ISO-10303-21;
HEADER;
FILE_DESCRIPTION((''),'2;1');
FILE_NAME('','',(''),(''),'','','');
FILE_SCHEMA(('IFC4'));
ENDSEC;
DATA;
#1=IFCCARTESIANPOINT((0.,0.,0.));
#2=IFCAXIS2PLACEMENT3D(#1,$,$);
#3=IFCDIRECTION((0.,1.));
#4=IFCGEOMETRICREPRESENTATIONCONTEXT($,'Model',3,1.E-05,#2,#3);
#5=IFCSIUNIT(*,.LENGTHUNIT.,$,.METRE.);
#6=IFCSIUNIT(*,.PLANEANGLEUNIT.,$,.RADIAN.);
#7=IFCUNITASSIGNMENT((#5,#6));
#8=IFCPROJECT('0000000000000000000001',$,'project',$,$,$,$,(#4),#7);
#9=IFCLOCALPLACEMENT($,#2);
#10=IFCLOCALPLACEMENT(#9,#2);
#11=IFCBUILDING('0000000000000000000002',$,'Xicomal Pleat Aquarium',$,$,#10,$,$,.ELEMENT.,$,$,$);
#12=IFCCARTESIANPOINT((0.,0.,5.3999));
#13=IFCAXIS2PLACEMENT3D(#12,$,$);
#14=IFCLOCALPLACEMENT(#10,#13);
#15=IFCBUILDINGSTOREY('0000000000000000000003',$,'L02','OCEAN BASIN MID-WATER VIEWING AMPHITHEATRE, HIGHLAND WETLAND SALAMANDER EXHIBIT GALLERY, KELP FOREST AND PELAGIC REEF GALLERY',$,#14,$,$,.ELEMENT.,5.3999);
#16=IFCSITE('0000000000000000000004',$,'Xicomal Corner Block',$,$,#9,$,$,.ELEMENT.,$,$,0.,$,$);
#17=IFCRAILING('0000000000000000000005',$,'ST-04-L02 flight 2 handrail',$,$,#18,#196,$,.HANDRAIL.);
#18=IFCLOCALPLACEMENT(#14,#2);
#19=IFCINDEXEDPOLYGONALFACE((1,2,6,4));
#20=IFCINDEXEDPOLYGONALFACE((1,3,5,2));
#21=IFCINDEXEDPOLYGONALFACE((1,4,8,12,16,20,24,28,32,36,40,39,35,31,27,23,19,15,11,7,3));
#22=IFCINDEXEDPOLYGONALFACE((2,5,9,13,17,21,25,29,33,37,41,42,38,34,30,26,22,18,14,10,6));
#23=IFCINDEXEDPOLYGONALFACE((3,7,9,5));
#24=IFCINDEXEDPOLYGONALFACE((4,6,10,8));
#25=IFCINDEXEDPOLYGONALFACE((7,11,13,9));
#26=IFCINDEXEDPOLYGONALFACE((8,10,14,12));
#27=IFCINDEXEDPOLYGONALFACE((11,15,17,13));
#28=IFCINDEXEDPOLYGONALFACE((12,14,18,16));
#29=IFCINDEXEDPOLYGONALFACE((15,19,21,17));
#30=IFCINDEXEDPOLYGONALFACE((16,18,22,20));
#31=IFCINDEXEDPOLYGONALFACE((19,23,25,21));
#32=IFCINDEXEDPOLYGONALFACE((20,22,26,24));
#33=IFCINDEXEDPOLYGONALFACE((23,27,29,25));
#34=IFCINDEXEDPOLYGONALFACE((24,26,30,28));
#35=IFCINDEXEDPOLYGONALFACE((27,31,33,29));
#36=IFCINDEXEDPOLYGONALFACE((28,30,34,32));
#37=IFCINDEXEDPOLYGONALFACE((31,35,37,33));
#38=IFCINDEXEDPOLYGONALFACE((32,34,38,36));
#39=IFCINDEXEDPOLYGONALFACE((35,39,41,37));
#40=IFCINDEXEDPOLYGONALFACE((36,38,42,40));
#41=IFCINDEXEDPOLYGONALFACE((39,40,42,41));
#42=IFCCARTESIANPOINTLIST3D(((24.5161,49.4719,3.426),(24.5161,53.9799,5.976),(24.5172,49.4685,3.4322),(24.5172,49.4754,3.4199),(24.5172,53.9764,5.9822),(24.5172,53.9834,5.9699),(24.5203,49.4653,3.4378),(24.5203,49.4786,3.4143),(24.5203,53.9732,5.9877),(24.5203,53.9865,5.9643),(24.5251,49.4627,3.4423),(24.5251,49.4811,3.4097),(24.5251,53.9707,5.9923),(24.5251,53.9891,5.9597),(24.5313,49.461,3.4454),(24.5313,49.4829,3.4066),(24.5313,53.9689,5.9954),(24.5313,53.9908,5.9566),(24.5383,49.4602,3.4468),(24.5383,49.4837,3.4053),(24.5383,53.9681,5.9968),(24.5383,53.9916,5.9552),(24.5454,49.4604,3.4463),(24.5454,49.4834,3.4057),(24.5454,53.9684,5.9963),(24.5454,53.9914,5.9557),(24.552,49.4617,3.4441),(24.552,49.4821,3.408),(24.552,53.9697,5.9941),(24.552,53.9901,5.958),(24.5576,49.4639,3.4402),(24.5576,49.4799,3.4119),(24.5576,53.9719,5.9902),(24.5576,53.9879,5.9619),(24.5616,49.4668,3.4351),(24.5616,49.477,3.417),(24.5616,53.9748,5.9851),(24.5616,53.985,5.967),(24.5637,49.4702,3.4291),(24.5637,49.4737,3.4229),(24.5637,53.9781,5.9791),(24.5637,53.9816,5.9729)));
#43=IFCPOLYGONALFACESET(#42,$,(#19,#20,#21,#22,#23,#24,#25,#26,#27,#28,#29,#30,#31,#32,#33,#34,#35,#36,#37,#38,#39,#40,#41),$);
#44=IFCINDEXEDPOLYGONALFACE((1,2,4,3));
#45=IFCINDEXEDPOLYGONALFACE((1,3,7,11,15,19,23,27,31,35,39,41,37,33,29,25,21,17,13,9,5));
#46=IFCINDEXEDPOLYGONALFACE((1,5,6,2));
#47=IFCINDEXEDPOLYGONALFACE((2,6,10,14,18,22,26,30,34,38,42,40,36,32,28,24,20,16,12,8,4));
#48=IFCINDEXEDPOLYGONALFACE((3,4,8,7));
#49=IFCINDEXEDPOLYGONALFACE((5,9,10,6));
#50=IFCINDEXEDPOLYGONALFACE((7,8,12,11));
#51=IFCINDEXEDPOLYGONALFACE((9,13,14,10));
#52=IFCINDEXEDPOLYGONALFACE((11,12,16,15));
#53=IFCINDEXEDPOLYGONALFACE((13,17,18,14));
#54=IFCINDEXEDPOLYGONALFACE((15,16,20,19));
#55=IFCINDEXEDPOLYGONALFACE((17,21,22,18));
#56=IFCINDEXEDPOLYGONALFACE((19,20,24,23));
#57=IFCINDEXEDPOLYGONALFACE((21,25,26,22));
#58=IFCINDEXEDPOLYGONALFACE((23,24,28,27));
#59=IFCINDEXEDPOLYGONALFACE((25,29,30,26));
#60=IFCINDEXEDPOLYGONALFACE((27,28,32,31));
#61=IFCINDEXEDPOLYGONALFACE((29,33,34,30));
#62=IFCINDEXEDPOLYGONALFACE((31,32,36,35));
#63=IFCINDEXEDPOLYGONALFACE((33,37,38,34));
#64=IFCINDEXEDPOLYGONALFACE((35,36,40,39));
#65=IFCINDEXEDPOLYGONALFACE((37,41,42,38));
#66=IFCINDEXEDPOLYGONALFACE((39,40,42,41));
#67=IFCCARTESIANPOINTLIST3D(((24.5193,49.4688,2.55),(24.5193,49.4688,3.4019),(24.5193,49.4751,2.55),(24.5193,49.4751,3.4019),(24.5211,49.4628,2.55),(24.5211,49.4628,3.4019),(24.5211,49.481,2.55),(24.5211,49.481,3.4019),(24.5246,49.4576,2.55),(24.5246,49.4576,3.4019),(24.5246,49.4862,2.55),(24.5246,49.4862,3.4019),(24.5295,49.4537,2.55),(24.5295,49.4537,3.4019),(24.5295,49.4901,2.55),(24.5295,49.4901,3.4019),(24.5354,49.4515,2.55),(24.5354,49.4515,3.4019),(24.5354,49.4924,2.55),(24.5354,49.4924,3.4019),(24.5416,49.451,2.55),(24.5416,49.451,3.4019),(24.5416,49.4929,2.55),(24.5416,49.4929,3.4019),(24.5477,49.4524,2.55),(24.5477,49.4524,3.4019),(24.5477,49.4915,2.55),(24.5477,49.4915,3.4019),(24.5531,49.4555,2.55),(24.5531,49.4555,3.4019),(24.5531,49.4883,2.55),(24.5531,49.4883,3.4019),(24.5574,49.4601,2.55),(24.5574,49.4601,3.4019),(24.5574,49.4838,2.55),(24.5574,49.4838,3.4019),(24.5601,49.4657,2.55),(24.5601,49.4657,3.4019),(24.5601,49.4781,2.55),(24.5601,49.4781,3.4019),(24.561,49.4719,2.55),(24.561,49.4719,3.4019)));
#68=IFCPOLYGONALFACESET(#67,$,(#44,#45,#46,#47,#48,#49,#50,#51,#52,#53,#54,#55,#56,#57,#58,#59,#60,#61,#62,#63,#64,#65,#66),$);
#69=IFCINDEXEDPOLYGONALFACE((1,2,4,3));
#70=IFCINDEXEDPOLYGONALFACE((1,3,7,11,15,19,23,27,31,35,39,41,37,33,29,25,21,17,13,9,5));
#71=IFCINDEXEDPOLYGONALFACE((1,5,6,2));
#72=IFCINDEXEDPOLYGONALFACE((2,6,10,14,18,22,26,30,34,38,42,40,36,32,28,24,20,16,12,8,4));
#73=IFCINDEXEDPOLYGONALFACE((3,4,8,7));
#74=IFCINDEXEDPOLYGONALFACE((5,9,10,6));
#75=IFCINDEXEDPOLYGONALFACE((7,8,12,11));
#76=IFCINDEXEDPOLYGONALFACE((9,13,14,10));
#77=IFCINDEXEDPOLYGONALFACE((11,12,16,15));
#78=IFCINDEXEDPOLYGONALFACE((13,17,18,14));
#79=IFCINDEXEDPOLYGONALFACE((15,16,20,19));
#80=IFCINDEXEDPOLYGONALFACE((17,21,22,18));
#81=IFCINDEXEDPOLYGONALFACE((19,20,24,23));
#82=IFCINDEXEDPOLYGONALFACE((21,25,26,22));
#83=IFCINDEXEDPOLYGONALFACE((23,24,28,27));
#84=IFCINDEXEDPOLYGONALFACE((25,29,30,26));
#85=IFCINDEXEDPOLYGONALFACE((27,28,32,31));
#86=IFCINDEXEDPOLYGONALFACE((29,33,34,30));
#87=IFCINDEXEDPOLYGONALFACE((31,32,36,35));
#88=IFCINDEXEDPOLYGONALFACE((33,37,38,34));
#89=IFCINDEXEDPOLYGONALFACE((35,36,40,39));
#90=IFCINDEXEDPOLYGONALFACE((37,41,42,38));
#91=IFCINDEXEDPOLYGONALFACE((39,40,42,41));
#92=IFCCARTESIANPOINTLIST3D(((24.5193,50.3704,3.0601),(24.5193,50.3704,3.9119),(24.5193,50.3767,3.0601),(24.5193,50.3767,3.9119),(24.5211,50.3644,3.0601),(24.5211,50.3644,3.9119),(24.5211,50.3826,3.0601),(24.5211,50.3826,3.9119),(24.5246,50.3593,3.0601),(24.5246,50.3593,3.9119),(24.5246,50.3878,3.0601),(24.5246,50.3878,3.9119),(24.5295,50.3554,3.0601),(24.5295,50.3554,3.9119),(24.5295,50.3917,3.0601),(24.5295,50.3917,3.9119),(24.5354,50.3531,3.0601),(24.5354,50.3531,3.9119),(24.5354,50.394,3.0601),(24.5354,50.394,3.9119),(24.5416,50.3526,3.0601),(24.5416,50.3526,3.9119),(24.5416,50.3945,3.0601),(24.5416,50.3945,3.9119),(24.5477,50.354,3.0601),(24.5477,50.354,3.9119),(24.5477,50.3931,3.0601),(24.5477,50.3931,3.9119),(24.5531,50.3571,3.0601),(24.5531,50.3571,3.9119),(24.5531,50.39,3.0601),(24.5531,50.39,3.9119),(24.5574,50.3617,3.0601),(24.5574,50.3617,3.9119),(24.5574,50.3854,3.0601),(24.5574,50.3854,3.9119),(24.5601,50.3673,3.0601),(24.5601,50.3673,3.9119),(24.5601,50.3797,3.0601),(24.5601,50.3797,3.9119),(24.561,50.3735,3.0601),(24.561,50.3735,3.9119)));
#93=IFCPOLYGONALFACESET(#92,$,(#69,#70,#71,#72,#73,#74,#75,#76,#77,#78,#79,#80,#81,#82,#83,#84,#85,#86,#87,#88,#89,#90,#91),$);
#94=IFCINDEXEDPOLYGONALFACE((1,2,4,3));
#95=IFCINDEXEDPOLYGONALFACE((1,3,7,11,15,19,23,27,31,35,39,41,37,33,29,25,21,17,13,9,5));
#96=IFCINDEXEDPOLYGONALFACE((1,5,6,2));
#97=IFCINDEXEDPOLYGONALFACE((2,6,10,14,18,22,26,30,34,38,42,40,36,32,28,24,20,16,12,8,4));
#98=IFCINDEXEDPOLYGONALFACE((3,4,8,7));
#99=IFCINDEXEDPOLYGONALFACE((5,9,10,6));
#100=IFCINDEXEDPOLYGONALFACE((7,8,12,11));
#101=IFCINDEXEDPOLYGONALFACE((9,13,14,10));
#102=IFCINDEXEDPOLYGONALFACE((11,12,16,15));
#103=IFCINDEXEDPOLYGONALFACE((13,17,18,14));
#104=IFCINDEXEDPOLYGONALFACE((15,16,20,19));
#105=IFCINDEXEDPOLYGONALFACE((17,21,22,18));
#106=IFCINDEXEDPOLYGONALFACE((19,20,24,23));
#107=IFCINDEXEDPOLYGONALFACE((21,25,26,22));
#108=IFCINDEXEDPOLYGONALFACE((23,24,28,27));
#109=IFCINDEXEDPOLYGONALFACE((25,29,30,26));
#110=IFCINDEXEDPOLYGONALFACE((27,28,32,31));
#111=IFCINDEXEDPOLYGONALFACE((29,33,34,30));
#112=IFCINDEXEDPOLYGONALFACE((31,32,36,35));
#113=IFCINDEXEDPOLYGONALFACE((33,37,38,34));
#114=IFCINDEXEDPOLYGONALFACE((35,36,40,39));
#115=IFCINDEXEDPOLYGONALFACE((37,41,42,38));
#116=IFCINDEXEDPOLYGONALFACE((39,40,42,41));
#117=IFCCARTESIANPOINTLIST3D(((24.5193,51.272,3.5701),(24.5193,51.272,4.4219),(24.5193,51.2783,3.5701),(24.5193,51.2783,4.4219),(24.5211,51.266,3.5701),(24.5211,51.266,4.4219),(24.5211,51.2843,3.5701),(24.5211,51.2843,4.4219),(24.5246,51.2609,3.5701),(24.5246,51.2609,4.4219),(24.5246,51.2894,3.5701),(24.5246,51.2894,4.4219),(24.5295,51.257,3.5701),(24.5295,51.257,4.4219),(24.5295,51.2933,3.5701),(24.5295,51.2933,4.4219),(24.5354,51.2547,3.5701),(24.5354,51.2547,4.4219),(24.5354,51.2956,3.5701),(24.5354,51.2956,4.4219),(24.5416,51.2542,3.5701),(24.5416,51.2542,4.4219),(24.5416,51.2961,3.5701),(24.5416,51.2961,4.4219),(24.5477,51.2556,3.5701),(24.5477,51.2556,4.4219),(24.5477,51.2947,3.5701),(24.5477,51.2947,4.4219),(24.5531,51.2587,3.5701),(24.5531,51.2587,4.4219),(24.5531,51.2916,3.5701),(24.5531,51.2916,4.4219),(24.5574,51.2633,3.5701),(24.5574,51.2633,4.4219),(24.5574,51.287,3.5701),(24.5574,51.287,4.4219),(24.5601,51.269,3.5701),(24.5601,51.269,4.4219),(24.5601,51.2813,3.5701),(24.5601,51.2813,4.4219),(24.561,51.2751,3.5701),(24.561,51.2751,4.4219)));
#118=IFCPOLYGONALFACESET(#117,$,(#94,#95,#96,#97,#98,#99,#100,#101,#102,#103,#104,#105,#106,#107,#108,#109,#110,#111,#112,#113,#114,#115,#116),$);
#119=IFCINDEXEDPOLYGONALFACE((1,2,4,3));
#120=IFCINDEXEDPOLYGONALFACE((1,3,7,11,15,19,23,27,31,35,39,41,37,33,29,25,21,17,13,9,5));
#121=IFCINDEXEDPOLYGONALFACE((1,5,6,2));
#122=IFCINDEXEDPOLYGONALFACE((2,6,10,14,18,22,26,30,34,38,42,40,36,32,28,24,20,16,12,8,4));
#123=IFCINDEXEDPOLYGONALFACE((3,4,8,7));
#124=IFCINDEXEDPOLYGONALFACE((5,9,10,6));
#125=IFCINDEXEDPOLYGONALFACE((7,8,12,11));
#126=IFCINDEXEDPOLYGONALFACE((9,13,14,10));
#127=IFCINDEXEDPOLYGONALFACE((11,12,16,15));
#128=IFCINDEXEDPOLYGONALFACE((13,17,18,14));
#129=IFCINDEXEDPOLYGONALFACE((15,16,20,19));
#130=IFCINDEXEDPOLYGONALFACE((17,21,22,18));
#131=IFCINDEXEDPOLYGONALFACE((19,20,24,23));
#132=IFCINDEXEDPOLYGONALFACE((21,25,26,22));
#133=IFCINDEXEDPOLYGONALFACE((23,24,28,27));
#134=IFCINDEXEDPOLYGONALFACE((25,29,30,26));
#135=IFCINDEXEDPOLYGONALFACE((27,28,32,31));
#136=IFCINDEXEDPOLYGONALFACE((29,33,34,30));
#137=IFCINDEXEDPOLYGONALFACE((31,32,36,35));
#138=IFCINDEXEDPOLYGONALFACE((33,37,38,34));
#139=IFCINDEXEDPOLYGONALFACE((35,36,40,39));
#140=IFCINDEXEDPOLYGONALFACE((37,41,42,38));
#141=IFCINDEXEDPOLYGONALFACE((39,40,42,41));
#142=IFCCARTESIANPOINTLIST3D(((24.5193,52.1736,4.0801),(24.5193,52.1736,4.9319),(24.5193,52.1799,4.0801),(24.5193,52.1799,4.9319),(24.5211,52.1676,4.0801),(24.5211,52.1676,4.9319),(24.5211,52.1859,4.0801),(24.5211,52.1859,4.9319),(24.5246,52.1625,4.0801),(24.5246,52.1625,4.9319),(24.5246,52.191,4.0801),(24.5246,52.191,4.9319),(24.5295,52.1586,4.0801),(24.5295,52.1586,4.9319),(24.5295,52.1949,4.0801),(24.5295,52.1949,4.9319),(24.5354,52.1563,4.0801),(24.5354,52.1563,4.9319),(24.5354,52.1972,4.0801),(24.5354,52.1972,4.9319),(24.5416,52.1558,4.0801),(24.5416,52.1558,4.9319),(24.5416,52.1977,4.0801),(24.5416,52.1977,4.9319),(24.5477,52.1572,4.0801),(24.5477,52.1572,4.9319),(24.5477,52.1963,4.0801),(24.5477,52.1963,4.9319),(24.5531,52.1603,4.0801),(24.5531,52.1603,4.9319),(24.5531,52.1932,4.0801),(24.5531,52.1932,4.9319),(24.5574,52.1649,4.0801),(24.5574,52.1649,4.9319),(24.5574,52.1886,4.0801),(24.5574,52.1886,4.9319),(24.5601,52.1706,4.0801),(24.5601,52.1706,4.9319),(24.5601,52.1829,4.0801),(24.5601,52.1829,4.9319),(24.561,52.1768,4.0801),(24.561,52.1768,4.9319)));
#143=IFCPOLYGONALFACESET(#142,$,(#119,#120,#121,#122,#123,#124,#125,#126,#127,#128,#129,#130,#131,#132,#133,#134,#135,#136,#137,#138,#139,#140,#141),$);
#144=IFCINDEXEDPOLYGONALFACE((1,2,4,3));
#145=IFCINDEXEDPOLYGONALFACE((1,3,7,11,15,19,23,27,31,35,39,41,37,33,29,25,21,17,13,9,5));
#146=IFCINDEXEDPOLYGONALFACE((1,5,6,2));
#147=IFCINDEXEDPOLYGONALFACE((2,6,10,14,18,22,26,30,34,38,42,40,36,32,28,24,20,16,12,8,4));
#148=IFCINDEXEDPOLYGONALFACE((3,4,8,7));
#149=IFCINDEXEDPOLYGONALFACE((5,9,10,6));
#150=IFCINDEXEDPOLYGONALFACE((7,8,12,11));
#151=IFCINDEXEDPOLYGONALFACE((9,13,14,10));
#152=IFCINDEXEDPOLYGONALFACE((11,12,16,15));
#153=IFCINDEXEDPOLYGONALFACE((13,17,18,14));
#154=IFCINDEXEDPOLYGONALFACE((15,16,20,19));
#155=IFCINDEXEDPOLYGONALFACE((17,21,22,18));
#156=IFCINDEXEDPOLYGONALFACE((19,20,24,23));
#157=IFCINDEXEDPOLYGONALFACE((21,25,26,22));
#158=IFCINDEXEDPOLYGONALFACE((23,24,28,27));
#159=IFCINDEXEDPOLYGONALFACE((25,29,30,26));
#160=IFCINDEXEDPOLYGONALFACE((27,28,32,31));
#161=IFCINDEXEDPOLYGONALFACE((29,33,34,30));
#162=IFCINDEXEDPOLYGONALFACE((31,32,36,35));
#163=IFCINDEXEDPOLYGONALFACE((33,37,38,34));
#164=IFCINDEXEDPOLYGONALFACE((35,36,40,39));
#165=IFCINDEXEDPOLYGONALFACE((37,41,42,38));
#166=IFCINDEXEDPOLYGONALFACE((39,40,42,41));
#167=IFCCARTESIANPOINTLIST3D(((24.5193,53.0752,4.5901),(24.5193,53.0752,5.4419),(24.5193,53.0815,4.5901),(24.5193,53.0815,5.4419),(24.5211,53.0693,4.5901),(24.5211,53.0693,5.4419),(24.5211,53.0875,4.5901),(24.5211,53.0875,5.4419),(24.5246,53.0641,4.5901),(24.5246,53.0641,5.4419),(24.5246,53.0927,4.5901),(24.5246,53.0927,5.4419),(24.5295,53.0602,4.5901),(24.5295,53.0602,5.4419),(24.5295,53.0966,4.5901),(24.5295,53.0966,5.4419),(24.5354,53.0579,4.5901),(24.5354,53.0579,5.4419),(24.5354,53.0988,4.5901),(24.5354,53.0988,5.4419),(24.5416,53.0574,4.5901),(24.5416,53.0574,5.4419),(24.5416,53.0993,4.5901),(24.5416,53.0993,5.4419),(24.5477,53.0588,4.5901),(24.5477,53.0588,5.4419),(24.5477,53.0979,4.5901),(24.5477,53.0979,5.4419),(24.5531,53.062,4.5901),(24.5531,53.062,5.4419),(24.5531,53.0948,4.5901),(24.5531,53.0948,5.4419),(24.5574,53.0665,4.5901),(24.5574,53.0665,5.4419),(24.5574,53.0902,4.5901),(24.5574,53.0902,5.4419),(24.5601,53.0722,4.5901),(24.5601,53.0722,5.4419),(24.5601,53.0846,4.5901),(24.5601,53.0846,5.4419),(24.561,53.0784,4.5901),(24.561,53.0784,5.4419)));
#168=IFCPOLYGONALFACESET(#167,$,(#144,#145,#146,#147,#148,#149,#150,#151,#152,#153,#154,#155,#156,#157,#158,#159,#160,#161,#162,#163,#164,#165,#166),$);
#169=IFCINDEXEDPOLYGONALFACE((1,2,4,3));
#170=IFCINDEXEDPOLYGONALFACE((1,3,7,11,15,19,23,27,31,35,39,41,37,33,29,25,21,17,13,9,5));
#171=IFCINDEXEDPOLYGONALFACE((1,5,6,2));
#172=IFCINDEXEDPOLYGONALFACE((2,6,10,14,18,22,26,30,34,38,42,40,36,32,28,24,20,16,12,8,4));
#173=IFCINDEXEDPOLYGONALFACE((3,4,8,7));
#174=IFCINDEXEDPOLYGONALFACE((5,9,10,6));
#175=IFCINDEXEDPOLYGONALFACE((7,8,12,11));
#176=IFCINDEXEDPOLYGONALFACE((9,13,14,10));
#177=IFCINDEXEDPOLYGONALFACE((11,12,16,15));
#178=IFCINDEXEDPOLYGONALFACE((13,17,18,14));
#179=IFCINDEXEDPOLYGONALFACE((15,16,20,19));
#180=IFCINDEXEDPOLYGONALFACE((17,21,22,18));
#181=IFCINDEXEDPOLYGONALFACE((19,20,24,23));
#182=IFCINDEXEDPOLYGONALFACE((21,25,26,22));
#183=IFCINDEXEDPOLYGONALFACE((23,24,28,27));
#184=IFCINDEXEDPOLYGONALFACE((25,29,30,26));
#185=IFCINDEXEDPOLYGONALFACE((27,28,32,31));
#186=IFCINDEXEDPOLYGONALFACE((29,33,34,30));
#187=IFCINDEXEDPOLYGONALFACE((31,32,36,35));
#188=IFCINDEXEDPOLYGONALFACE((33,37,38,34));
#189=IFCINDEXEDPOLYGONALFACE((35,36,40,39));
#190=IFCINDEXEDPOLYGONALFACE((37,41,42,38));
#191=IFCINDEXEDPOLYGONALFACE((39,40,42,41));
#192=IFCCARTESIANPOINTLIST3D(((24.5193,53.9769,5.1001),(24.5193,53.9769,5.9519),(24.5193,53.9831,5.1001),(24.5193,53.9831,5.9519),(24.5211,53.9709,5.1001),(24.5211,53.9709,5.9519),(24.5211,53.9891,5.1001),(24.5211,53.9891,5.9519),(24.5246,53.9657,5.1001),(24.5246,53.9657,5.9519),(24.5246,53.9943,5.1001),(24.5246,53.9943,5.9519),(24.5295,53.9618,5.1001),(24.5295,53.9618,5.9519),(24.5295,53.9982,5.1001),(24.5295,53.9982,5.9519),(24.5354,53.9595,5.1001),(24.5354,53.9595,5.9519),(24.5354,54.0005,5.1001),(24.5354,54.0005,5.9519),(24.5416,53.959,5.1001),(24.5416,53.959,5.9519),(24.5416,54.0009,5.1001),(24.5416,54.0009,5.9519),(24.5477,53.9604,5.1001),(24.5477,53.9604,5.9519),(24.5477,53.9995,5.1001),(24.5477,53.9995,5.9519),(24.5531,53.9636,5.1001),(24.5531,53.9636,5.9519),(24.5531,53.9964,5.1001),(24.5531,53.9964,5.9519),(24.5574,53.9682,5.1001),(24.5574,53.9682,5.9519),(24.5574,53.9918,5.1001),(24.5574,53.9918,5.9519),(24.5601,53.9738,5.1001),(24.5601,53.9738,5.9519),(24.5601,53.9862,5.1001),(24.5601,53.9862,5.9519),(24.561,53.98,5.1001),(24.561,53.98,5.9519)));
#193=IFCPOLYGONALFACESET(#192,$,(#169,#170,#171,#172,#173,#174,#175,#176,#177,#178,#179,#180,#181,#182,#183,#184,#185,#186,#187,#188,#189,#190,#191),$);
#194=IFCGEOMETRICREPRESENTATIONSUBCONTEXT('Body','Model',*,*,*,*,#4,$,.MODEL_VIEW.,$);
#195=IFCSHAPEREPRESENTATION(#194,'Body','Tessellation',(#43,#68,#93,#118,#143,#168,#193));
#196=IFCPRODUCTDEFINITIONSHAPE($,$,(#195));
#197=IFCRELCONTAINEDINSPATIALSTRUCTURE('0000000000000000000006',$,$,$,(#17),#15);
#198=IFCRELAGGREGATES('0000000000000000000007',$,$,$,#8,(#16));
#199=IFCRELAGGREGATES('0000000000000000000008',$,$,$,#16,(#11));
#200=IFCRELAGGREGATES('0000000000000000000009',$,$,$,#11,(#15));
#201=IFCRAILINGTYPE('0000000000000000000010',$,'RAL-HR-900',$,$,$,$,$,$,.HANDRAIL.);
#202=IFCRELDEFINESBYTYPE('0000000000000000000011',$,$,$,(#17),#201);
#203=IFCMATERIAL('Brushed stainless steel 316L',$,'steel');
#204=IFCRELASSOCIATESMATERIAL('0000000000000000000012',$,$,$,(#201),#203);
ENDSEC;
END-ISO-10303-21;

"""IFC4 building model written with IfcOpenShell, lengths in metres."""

from ifc_helpers import new_model, si_unit, direction, frame, origin, origin_2d, place, context, subcontext, project, spatial, circle, extrude, material, type_object, element, save


model = new_model("IFC4")

# Units and contexts
model_context = context("Model", 3, precision=1e-05, world=origin(), true_north=direction((0.0, 1.0)))
body_context = subcontext(model_context, "Body", "Model", "MODEL_VIEW")
ifc_project = project(units=[si_unit("LENGTHUNIT", "METRE"), si_unit("PLANEANGLEUNIT", "RADIAN")], contexts=[model_context])

# Site, building, storey
site_placement = place(None, origin())
site = spatial("IfcSite", under=ifc_project, at=site_placement, Name="Xicomal Corner Block", CompositionType="ELEMENT", RefElevation=0.0)
building_placement = place(site_placement, origin())
building = spatial("IfcBuilding", under=site, at=building_placement, Name="Xicomal Pleat Aquarium", CompositionType="ELEMENT")
storey_placement = place(building_placement, frame((0.0, 0.0, 5.3999)))
storey = spatial("IfcBuildingStorey", under=building, at=storey_placement, Name="L02", Description="OCEAN BASIN MID-WATER VIEWING AMPHITHEATRE, HIGHLAND WETLAND SALAMANDER EXHIBIT GALLERY, KELP FOREST AND PELAGIC REEF GALLERY", CompositionType="ELEMENT", Elevation=5.3999)

# Railing
ifc_material_1 = material(Name="Brushed stainless steel 316L", Category="steel")
railing_type = type_object("IfcRailingType", Name="RAL-HR-900", PredefinedType="HANDRAIL", material=ifc_material_1)
railing_placement = place(storey_placement, frame((24.54, 49.4719, 2.55)))
element("IfcRailing", 1, at=railing_placement, inside=storey, type_object=railing_type, Name="ST-04-L02 flight 2 handrail", PredefinedType="HANDRAIL", context=body_context, shape_type="SweptSolid", body=[
    extrude(circle(Radius=0.0239, at=origin_2d()), frame((0.0, 0.0, 0.876), z_axis=(0.0, 0.870396, 0.492352), x_axis=(-1.0, 0.0, 0.0)), (0.0, 0.0, 1.0), 5.1792),
    extrude(circle(Radius=0.021, at=origin_2d()), origin(), (0.0, 0.0, 1.0), 0.8518),
    extrude(circle(Radius=0.021, at=origin_2d()), frame((0.0, 0.9016, 0.51)), (0.0, 0.0, 1.0), 0.8518),
    extrude(circle(Radius=0.021, at=origin_2d()), frame((0.0, 1.8032, 1.02)), (0.0, 0.0, 1.0), 0.8518),
    extrude(circle(Radius=0.021, at=origin_2d()), frame((0.0, 2.7048, 1.53)), (0.0, 0.0, 1.0), 0.8518),
    extrude(circle(Radius=0.021, at=origin_2d()), frame((0.0, 3.6064, 2.04)), (0.0, 0.0, 1.0), 0.8518),
    extrude(circle(Radius=0.021, at=origin_2d()), frame((0.0, 4.5081, 2.55)), (0.0, 0.0, 1.0), 0.8518),
])

save(model, "model.ifc")
